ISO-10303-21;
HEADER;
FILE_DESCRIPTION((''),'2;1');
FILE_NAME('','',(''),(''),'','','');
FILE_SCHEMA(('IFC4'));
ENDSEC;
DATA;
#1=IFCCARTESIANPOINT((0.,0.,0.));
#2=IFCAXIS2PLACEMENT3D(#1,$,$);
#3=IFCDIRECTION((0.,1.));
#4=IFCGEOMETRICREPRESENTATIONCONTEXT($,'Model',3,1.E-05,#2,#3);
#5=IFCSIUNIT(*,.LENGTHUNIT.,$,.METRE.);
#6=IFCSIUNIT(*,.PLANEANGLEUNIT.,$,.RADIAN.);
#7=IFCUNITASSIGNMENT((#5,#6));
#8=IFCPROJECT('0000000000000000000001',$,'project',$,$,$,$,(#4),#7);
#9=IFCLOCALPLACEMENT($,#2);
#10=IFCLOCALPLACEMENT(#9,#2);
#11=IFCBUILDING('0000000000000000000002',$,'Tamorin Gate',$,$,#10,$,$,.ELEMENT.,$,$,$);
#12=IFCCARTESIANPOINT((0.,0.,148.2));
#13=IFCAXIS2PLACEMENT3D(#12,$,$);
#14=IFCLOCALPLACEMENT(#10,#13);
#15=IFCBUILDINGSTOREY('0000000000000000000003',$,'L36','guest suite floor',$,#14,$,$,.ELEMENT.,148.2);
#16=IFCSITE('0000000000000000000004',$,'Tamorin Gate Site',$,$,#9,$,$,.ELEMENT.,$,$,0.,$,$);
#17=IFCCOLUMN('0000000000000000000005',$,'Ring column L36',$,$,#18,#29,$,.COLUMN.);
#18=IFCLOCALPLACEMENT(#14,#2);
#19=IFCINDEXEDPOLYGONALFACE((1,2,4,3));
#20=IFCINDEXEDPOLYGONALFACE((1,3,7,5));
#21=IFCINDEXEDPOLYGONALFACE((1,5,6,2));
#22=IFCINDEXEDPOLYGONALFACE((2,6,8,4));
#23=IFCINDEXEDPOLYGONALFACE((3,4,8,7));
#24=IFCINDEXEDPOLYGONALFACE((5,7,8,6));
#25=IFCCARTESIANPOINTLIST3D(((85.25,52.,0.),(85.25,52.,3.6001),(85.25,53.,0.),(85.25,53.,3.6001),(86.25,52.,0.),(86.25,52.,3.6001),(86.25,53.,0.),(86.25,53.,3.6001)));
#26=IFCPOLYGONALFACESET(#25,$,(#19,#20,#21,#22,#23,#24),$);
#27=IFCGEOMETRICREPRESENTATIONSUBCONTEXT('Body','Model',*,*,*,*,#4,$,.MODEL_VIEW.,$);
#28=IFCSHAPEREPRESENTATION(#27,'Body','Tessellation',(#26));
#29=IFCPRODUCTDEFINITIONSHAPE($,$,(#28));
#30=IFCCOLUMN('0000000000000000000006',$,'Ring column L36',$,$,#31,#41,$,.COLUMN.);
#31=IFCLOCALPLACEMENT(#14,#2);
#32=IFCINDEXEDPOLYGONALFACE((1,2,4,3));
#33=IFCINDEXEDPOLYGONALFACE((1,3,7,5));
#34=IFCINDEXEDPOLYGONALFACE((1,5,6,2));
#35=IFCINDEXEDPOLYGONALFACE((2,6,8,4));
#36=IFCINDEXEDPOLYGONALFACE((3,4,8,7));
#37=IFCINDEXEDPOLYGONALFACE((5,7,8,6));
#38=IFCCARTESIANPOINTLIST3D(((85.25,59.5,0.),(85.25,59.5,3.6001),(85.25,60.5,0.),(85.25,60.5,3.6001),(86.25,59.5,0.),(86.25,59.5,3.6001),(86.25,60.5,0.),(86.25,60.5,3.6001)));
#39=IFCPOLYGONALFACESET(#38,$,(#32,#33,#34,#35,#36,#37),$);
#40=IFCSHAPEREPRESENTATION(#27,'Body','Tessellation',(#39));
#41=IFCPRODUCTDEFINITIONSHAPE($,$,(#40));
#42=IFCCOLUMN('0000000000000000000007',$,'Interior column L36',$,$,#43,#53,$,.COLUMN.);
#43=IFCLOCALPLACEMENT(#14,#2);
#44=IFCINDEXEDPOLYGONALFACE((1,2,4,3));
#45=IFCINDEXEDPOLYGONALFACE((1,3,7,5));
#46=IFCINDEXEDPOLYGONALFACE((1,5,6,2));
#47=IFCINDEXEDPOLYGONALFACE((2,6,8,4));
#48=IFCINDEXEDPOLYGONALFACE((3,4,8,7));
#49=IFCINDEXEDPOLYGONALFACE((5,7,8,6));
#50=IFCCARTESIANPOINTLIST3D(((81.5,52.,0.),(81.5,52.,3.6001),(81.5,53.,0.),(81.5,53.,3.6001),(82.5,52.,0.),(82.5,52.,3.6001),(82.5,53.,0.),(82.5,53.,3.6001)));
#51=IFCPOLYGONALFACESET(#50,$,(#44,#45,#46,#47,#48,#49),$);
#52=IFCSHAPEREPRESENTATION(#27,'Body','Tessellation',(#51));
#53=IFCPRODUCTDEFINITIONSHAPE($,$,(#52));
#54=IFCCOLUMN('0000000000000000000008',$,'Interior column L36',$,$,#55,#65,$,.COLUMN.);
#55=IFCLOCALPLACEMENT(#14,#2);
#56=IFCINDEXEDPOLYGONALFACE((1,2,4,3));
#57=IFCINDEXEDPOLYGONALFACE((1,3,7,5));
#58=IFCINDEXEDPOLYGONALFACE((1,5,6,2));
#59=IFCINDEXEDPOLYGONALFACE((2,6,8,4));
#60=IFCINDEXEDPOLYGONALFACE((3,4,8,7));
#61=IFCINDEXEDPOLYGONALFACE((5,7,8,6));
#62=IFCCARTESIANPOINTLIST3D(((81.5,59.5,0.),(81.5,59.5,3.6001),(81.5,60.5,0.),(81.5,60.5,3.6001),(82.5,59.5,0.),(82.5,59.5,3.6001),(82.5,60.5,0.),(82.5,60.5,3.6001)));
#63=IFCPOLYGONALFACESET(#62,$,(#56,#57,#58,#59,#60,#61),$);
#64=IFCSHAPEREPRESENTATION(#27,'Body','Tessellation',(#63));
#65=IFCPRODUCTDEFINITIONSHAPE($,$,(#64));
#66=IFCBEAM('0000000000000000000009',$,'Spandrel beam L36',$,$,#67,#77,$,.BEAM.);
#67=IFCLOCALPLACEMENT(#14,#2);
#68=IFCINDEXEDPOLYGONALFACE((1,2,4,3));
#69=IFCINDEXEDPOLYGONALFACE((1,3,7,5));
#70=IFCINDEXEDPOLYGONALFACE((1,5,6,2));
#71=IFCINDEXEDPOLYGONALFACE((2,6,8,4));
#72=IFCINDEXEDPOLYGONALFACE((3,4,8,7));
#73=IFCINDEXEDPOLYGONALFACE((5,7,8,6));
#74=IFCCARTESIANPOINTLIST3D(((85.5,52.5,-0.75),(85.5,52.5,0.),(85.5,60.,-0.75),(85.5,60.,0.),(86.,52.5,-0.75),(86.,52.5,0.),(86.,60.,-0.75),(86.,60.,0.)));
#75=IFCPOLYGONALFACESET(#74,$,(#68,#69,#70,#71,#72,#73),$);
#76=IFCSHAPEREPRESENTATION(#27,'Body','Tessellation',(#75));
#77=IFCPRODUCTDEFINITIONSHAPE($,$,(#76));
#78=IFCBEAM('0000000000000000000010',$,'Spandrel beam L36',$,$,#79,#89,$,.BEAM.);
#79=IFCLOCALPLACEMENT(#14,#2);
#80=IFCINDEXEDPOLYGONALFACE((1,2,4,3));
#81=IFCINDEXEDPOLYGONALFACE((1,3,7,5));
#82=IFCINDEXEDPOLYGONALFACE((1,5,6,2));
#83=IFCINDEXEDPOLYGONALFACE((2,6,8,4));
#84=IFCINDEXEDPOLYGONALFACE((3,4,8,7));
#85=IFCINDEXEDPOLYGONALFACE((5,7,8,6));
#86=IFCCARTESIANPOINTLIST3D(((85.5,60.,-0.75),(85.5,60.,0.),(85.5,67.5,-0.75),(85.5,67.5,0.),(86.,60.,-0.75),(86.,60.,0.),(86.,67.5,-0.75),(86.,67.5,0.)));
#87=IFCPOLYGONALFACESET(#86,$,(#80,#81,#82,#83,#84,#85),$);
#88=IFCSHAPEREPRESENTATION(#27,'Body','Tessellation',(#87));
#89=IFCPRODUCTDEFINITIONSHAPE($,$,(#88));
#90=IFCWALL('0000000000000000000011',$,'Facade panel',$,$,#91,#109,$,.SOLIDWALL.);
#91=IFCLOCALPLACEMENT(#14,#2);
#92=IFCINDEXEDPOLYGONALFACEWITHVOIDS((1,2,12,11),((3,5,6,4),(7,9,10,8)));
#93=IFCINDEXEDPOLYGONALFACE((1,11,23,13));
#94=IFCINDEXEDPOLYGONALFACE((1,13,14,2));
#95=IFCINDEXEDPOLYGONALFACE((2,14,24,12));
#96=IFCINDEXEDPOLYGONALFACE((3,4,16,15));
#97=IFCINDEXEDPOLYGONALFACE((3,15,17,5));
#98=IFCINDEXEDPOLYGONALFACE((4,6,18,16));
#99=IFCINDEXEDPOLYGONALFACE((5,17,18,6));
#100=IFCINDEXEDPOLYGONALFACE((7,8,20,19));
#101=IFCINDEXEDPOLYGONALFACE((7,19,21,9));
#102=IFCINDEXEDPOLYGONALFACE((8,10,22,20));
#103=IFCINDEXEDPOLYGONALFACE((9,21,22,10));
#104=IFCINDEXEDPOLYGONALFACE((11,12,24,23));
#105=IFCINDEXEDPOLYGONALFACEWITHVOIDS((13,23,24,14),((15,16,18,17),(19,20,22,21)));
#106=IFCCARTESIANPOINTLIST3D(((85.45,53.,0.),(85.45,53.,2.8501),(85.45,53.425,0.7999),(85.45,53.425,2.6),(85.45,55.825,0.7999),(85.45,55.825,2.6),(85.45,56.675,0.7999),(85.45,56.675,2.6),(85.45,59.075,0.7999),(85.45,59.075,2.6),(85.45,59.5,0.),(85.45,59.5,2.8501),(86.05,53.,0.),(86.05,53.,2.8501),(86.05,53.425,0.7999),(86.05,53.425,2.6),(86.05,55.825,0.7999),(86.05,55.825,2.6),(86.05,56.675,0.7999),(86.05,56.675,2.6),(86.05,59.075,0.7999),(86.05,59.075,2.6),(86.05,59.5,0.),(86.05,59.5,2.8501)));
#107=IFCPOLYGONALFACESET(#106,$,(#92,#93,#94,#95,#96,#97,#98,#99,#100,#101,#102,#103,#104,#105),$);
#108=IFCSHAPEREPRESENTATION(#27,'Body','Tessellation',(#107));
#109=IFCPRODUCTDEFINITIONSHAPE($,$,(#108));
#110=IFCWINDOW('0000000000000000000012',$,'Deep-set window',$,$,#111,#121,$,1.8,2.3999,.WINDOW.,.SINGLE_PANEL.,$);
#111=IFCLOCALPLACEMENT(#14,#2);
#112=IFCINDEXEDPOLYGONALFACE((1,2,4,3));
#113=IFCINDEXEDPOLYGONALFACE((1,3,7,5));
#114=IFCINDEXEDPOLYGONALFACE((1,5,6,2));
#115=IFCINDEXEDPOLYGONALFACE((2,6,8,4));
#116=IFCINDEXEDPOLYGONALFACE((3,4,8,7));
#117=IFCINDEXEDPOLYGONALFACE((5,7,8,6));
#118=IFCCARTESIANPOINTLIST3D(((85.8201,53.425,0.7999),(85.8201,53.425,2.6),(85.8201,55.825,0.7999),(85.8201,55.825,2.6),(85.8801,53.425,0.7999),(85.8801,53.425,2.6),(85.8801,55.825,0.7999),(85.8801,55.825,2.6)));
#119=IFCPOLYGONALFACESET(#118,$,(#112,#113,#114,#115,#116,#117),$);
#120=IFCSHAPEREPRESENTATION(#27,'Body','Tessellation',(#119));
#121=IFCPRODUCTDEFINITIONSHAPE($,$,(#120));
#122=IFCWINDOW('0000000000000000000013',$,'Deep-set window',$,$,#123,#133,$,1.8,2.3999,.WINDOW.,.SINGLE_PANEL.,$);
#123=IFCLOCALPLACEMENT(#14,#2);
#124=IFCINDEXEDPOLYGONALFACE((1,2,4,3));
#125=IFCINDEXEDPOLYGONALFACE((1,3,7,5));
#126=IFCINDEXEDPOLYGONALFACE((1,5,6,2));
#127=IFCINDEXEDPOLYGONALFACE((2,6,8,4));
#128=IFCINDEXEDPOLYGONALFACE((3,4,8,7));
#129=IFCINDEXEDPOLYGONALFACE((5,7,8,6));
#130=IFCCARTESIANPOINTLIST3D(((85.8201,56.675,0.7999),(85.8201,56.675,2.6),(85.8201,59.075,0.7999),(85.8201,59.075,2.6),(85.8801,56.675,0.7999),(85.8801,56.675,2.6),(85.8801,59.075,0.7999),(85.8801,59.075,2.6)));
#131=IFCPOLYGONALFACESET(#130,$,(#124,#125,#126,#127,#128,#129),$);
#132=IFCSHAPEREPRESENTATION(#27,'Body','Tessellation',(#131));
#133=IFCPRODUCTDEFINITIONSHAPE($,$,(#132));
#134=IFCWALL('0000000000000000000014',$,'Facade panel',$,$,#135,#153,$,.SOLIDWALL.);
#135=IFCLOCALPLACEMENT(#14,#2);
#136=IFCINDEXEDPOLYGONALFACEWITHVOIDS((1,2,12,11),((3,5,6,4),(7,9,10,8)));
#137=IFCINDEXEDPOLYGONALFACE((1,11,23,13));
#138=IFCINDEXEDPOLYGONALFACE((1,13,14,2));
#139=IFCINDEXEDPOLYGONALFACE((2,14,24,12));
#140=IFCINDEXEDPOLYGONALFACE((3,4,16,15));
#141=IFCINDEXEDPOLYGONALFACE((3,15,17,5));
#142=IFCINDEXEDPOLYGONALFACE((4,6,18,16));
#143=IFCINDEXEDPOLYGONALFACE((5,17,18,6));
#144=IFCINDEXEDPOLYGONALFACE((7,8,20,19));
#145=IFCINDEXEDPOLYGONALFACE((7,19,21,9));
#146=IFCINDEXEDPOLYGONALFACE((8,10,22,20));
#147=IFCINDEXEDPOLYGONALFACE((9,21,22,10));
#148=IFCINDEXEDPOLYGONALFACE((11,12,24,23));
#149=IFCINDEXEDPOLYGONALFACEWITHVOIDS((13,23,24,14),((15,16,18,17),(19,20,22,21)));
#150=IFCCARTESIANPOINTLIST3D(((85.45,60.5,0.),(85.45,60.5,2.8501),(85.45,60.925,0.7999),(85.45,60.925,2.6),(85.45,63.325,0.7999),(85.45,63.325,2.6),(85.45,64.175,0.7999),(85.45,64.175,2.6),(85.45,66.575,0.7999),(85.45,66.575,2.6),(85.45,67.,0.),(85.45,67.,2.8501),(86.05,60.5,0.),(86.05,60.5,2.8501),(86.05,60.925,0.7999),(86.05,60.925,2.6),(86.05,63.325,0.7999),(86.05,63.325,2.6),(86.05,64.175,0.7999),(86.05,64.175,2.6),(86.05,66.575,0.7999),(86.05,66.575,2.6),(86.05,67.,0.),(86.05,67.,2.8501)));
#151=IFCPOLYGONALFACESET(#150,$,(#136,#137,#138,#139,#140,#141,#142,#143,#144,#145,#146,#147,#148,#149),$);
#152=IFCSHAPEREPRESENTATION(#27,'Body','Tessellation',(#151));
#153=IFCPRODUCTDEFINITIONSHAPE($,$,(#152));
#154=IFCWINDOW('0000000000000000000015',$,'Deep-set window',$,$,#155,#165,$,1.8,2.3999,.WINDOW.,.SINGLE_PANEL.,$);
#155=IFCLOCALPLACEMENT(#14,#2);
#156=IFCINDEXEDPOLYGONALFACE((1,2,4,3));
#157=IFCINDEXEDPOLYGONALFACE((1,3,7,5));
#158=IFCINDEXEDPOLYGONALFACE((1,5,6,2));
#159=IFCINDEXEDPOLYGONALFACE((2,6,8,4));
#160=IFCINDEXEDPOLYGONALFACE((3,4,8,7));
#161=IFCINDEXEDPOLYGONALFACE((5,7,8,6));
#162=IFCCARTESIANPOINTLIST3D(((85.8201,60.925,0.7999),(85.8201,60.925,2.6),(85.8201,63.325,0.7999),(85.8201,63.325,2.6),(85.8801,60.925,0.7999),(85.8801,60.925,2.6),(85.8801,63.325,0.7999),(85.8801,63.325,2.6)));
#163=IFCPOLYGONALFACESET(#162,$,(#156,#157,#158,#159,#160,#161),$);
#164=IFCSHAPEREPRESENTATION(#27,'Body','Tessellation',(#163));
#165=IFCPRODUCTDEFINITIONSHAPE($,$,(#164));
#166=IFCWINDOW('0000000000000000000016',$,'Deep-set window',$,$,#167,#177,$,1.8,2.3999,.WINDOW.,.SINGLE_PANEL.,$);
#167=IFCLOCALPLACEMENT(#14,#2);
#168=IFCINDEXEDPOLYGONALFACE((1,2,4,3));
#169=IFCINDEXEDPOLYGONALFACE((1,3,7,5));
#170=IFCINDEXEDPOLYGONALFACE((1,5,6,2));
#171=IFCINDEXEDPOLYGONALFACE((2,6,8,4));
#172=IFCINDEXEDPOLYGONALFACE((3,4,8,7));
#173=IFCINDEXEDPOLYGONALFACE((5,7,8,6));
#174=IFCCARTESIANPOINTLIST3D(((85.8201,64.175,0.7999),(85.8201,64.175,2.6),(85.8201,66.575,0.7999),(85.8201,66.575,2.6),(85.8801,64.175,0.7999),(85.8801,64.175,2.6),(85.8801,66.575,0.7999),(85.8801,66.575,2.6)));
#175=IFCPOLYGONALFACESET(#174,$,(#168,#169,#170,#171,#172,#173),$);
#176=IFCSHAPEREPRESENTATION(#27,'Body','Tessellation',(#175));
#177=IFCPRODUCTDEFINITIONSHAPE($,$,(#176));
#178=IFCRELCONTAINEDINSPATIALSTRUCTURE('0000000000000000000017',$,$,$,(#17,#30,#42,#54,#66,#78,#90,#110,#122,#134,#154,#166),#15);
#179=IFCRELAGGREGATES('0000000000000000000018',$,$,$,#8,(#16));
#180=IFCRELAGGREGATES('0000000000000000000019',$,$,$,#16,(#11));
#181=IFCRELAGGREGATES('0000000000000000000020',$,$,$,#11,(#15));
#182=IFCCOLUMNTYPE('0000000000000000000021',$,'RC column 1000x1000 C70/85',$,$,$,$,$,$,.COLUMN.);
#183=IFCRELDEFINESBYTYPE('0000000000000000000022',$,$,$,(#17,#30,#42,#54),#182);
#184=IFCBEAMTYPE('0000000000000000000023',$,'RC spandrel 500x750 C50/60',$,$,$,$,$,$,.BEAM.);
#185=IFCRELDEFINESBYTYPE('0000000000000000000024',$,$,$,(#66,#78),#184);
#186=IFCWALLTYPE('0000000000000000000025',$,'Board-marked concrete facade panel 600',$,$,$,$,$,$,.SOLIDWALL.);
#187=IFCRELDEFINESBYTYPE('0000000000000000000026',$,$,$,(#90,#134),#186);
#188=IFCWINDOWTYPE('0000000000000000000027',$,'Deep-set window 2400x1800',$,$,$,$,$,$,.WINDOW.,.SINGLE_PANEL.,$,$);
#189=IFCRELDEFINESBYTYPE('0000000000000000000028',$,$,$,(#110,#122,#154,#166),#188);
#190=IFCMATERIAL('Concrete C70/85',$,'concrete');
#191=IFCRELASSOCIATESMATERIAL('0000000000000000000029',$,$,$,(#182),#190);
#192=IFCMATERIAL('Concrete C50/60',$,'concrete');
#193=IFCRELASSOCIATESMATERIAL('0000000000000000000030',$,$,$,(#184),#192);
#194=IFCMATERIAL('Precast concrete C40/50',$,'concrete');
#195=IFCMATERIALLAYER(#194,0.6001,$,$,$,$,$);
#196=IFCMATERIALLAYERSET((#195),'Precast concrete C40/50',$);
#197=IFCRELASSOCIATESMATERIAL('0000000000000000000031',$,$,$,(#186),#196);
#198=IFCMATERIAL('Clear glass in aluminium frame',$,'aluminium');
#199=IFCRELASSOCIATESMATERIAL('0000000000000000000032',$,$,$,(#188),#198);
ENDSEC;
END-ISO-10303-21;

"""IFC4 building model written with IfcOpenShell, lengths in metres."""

from ifc_helpers import new_model, si_unit, direction, frame, frame_2d, origin, origin_2d, place, context, subcontext, project, spatial, rectangle, extrude, material, layer, layer_set, material_profile, profile_set, type_object, element, fill, save


model = new_model("IFC4")

# Units and contexts
model_context = context("Model", 3, precision=1e-05, world=origin(), true_north=direction((0.0, 1.0)))
body_context = subcontext(model_context, "Body", "Model", "MODEL_VIEW")
ifc_project = project(units=[si_unit("LENGTHUNIT", "METRE"), si_unit("PLANEANGLEUNIT", "RADIAN")], contexts=[model_context])

# Site, building, storey
site_placement = place(None, origin())
site = spatial("IfcSite", under=ifc_project, at=site_placement, Name="Tamorin Gate Site", CompositionType="ELEMENT", RefElevation=0.0)
building_placement = place(site_placement, origin())
building = spatial("IfcBuilding", under=site, at=building_placement, Name="Tamorin Gate", CompositionType="ELEMENT")
storey_placement = place(building_placement, frame((0.0, 0.0, 148.2)))
storey = spatial("IfcBuildingStorey", under=building, at=storey_placement, Name="L36", Description="guest suite floor", CompositionType="ELEMENT", Elevation=148.2)

# Columns
ifc_material_1 = material(Name="Concrete C70/85", Category="concrete")
ifc_material_profile_1 = material_profile(ifc_material_1, rectangle(XDim=1.0, YDim=1.0, at=origin_2d()), Name="RC 1000x1000")
ifc_profile_set_1 = profile_set([ifc_material_profile_1], Name="Concrete C70/85")
column_type = type_object("IfcColumnType", Name="RC column 1000x1000 C70/85", PredefinedType="COLUMN", material=ifc_profile_set_1)
for number, where, z_axis, x_axis, name in (
    (1, (85.75, 52.5, 0.0), (0.0, 0.0, 1.0), (1.0, 0.0, 0.0), "Ring column L36"),
    (2, (85.75, 60.0, 0.0), (0.0, 0.0, 1.0), (1.0, 0.0, 0.0), "Ring column L36"),
    (3, (82.0, 52.5, 0.0), (0.0, 0.0, 1.0), (1.0, 0.0, 0.0), "Interior column L36"),
    (4, (82.0, 60.0, 0.0), (0.0, 0.0, 1.0), (1.0, 0.0, 0.0), "Interior column L36"),
):
    element("IfcColumn", number, at=place(storey_placement, frame(where, z_axis=z_axis, x_axis=x_axis)), inside=storey, type_object=column_type, Name=name, PredefinedType="COLUMN", context=body_context, shape_type="SweptSolid", body=[
        extrude(rectangle(XDim=1.0, YDim=1.0, at=origin_2d()), origin(), (0.0, 0.0, 1.0), 3.6001),
    ])

# Beams
ifc_material_2 = material(Name="Concrete C50/60", Category="concrete")
ifc_material_profile_2 = material_profile(ifc_material_2, rectangle(XDim=0.5, YDim=0.75, at=origin_2d()), Name="RC 500x750")
ifc_profile_set_2 = profile_set([ifc_material_profile_2], Name="Concrete C50/60")
beam_type = type_object("IfcBeamType", Name="RC spandrel 500x750 C50/60", PredefinedType="BEAM", material=ifc_profile_set_2)
for number, where, z_axis, x_axis, name in (
    (5, (85.75, 52.5, -0.375), (0.0, 1.0, 0.0), (-1.0, 0.0, 0.0), "Spandrel beam L36"),
    (6, (85.75, 60.0, -0.375), (0.0, 1.0, 0.0), (-1.0, 0.0, 0.0), "Spandrel beam L36"),
):
    element("IfcBeam", number, at=place(storey_placement, frame(where, z_axis=z_axis, x_axis=x_axis)), inside=storey, type_object=beam_type, Name=name, PredefinedType="BEAM", context=body_context, shape_type="SweptSolid", body=[
        extrude(rectangle(XDim=0.5, YDim=0.75, at=origin_2d()), origin(), (0.0, 0.0, 1.0), 7.5),
    ])

# Walls, openings, windows
ifc_material_3 = material(Name="Precast concrete C40/50", Category="concrete")
ifc_layer_1 = layer(ifc_material_3, 0.6001)
ifc_layer_set_1 = layer_set([ifc_layer_1], Name="Precast concrete C40/50")
wall_type_1 = type_object("IfcWallType", Name="Board-marked concrete facade panel 600", PredefinedType="SOLIDWALL", material=ifc_layer_set_1)
wall_1_placement = place(storey_placement, frame((85.75, 53.0, 0.0), z_axis=(0.0, 0.0, 1.0), x_axis=(0.0, 1.0, 0.0)))
wall_1 = element("IfcWall", 7, at=wall_1_placement, inside=storey, type_object=wall_type_1, Name="Facade panel", PredefinedType="SOLIDWALL", context=body_context, shape_type="SweptSolid", body=[
    extrude(rectangle(XDim=6.5, YDim=0.6001, at=frame_2d((3.25, 0.0))), origin(), (0.0, 0.0, 1.0), 2.8501),
])
opening_1_placement = place(wall_1_placement, frame((0.425, 0.0, 0.8)))
opening_1 = element("IfcOpeningElement", 8, at=opening_1_placement, cuts=wall_1, PredefinedType="OPENING", context=body_context, shape_type="SweptSolid", body=[
    extrude(rectangle(XDim=2.3999, YDim=1.8, at=frame_2d((1.2, 0.8999))), frame((0.0, 0.3101, 0.0), z_axis=(0.0, -1.0, 0.0), x_axis=(1.0, 0.0, 0.0)), (0.0, 0.0, 1.0), 0.6201),
])
opening_2_placement = place(wall_1_placement, frame((3.675, 0.0, 0.8)))
opening_2 = element("IfcOpeningElement", 9, at=opening_2_placement, cuts=wall_1, PredefinedType="OPENING", context=body_context, shape_type="SweptSolid", body=[
    extrude(rectangle(XDim=2.3999, YDim=1.8, at=frame_2d((1.2, 0.8999))), frame((0.0, 0.3101, 0.0), z_axis=(0.0, -1.0, 0.0), x_axis=(1.0, 0.0, 0.0)), (0.0, 0.0, 1.0), 0.6201),
])
ifc_material_4 = material(Name="Clear glass in aluminium frame", Category="aluminium")
window_type = type_object("IfcWindowType", Name="Deep-set window 2400x1800", PartitioningType="SINGLE_PANEL", PredefinedType="WINDOW", material=ifc_material_4)
window_1_placement = place(opening_1_placement, origin())
window_1 = element("IfcWindow", 10, at=window_1_placement, inside=storey, type_object=window_type, Name="Deep-set window", OverallHeight=1.8, OverallWidth=2.3999, PartitioningType="SINGLE_PANEL", PredefinedType="WINDOW", context=body_context, shape_type="SweptSolid", body=[
    extrude(rectangle(XDim=2.3999, YDim=1.8, at=frame_2d((1.2, 0.8999))), frame((0.0, -0.0701, 0.0), z_axis=(0.0, -1.0, 0.0), x_axis=(1.0, 0.0, 0.0)), (0.0, 0.0, 1.0), 0.0601),
])
fill(opening_1, window_1)
window_2_placement = place(opening_2_placement, origin())
window_2 = element("IfcWindow", 11, at=window_2_placement, inside=storey, type_object=window_type, Name="Deep-set window", OverallHeight=1.8, OverallWidth=2.3999, PartitioningType="SINGLE_PANEL", PredefinedType="WINDOW", context=body_context, shape_type="SweptSolid", body=[
    extrude(rectangle(XDim=2.3999, YDim=1.8, at=frame_2d((1.2, 0.8999))), frame((0.0, -0.0701, 0.0), z_axis=(0.0, -1.0, 0.0), x_axis=(1.0, 0.0, 0.0)), (0.0, 0.0, 1.0), 0.0601),
])
fill(opening_2, window_2)
wall_2_placement = place(storey_placement, frame((85.75, 60.5, 0.0), z_axis=(0.0, 0.0, 1.0), x_axis=(0.0, 1.0, 0.0)))
wall_2 = element("IfcWall", 12, at=wall_2_placement, inside=storey, type_object=wall_type_1, Name="Facade panel", PredefinedType="SOLIDWALL", context=body_context, shape_type="SweptSolid", body=[
    extrude(rectangle(XDim=6.5, YDim=0.6001, at=frame_2d((3.25, 0.0))), origin(), (0.0, 0.0, 1.0), 2.8501),
])
opening_3_placement = place(wall_2_placement, frame((0.425, 0.0, 0.8)))
opening_3 = element("IfcOpeningElement", 13, at=opening_3_placement, cuts=wall_2, PredefinedType="OPENING", context=body_context, shape_type="SweptSolid", body=[
    extrude(rectangle(XDim=2.3999, YDim=1.8, at=frame_2d((1.2, 0.8999))), frame((0.0, 0.3101, 0.0), z_axis=(0.0, -1.0, 0.0), x_axis=(1.0, 0.0, 0.0)), (0.0, 0.0, 1.0), 0.6201),
])
opening_4_placement = place(wall_2_placement, frame((3.675, 0.0, 0.8)))
opening_4 = element("IfcOpeningElement", 14, at=opening_4_placement, cuts=wall_2, PredefinedType="OPENING", context=body_context, shape_type="SweptSolid", body=[
    extrude(rectangle(XDim=2.3999, YDim=1.8, at=frame_2d((1.2, 0.8999))), frame((0.0, 0.3101, 0.0), z_axis=(0.0, -1.0, 0.0), x_axis=(1.0, 0.0, 0.0)), (0.0, 0.0, 1.0), 0.6201),
])
window_3_placement = place(opening_3_placement, origin())
window_3 = element("IfcWindow", 15, at=window_3_placement, inside=storey, type_object=window_type, Name="Deep-set window", OverallHeight=1.8, OverallWidth=2.3999, PartitioningType="SINGLE_PANEL", PredefinedType="WINDOW", context=body_context, shape_type="SweptSolid", body=[
    extrude(rectangle(XDim=2.3999, YDim=1.8, at=frame_2d((1.2, 0.8999))), frame((0.0, -0.0701, 0.0), z_axis=(0.0, -1.0, 0.0), x_axis=(1.0, 0.0, 0.0)), (0.0, 0.0, 1.0), 0.0601),
])
fill(opening_3, window_3)
window_4_placement = place(opening_4_placement, origin())
window_4 = element("IfcWindow", 16, at=window_4_placement, inside=storey, type_object=window_type, Name="Deep-set window", OverallHeight=1.8, OverallWidth=2.3999, PartitioningType="SINGLE_PANEL", PredefinedType="WINDOW", context=body_context, shape_type="SweptSolid", body=[
    extrude(rectangle(XDim=2.3999, YDim=1.8, at=frame_2d((1.2, 0.8999))), frame((0.0, -0.0701, 0.0), z_axis=(0.0, -1.0, 0.0), x_axis=(1.0, 0.0, 0.0)), (0.0, 0.0, 1.0), 0.0601),
])
fill(opening_4, window_4)

save(model, "model.ifc")
